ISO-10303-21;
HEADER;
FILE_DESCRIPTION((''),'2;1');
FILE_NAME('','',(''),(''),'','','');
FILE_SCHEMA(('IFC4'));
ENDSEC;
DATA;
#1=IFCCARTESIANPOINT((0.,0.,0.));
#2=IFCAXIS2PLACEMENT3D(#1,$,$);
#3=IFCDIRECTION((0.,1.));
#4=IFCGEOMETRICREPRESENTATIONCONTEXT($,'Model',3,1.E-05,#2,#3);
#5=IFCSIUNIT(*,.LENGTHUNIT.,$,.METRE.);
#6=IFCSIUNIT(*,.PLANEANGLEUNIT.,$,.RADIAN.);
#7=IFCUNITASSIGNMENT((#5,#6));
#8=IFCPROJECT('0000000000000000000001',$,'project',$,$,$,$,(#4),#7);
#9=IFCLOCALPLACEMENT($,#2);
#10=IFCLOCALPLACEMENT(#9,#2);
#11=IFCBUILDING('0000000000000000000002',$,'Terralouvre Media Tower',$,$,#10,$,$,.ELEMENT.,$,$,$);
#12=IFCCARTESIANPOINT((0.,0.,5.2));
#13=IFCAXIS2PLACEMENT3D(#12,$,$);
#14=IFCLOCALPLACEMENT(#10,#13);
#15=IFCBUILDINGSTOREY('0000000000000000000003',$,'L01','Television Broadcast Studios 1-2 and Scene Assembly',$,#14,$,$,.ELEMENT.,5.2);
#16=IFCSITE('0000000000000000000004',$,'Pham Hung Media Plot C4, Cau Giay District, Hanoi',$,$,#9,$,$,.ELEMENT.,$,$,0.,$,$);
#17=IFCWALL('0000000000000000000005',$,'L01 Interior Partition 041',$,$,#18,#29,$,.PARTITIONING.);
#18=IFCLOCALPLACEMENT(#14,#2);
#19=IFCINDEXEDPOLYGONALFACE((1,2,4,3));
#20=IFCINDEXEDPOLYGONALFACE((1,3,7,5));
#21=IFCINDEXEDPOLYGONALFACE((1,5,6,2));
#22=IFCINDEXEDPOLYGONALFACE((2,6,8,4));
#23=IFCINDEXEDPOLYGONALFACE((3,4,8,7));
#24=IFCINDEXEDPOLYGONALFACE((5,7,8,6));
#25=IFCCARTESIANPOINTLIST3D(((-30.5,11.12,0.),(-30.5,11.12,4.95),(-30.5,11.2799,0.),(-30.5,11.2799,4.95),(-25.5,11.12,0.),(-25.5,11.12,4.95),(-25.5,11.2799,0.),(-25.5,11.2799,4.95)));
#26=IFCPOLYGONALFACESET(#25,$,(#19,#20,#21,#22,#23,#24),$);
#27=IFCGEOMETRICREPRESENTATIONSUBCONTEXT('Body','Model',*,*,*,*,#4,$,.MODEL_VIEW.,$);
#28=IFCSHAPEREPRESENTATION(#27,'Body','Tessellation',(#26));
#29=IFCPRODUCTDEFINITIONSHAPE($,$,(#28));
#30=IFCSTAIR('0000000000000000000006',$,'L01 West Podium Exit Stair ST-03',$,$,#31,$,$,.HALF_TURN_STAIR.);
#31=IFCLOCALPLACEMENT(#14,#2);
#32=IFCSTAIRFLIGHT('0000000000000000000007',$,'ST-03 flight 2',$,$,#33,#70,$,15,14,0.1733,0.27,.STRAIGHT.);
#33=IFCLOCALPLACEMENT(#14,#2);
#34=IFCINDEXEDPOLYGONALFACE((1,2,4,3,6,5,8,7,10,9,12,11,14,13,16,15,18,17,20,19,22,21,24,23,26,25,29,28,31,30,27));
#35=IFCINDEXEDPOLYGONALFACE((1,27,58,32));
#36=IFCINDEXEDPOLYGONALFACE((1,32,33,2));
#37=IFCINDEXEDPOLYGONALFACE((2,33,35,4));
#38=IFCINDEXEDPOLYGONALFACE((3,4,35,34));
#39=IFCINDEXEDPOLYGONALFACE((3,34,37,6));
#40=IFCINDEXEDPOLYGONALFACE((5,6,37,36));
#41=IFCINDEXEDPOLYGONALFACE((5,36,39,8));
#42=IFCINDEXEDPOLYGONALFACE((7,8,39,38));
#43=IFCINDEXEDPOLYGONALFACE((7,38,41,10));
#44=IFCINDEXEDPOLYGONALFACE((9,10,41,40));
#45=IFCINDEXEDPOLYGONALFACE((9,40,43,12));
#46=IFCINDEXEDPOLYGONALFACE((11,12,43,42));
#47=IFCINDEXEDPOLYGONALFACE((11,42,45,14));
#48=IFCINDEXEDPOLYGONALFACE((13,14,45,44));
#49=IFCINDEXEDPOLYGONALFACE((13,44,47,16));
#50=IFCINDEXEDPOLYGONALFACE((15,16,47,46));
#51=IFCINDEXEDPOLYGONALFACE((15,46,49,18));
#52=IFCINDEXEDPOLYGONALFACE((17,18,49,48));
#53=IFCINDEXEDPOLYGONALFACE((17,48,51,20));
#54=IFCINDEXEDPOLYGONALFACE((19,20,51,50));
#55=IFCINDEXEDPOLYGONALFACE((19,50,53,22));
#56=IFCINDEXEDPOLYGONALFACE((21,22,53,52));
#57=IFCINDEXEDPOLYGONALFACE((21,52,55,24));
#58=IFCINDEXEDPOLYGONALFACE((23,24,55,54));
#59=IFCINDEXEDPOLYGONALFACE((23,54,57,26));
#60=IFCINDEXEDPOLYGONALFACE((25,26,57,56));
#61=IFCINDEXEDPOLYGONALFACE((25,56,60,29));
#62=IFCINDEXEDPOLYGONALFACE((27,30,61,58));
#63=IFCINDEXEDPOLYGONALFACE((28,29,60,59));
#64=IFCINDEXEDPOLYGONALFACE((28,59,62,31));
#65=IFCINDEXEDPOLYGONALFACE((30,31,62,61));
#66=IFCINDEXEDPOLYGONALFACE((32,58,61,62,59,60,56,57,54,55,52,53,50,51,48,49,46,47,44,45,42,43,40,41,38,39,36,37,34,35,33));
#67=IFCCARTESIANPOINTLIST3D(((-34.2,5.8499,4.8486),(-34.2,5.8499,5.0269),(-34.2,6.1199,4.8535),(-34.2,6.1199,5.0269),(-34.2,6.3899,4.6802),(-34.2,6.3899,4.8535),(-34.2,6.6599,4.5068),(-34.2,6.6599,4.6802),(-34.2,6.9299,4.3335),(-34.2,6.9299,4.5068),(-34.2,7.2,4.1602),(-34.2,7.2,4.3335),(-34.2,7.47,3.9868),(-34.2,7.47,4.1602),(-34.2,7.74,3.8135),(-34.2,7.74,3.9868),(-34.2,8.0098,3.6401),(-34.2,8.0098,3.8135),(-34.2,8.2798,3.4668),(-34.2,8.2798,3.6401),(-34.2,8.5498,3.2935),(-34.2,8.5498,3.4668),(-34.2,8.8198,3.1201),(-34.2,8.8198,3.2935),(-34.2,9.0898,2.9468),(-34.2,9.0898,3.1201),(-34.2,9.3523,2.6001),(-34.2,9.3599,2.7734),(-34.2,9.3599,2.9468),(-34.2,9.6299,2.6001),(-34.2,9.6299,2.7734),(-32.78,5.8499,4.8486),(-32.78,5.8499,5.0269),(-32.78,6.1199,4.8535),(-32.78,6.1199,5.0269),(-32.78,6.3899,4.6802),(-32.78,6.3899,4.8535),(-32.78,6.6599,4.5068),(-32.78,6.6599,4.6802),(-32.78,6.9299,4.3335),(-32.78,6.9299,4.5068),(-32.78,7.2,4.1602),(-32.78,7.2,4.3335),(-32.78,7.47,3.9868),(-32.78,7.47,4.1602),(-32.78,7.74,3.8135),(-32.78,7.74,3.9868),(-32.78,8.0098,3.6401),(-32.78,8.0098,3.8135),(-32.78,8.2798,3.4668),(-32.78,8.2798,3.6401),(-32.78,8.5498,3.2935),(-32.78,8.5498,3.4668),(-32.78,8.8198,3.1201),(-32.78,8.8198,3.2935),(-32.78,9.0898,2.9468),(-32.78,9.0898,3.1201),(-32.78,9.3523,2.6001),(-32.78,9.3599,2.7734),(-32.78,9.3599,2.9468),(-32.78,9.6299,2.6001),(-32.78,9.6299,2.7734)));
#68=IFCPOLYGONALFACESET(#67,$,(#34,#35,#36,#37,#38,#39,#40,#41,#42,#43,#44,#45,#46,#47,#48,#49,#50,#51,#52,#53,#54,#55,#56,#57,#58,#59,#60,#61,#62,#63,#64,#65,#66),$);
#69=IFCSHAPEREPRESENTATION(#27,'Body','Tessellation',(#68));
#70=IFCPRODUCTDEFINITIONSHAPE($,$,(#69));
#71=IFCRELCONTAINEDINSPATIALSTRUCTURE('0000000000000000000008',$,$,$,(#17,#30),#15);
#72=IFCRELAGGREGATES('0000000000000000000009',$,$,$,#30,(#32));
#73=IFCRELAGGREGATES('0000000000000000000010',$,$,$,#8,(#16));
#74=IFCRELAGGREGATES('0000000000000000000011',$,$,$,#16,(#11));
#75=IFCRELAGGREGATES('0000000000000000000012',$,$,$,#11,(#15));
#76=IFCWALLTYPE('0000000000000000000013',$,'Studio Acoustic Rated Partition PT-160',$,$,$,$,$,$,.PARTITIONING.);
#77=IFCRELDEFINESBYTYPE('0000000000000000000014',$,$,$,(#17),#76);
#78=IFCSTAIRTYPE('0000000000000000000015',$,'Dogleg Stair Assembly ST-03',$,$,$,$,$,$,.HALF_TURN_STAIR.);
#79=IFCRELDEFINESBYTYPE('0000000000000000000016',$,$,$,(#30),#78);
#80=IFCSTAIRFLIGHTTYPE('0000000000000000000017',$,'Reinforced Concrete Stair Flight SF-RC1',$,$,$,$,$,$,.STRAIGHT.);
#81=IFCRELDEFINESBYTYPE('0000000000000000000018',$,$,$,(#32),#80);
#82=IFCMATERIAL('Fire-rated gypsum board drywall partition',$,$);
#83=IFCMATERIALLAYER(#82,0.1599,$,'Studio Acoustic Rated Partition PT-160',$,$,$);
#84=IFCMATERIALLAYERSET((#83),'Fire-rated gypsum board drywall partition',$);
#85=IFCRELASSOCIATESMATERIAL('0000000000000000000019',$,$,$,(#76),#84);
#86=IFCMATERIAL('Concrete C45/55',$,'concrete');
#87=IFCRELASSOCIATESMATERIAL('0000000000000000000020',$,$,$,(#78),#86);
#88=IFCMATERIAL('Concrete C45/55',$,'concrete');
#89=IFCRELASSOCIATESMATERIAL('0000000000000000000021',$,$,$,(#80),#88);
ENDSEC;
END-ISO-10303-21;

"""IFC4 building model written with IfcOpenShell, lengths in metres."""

from ifc_helpers import new_model, si_unit, direction, frame, frame_2d, origin, place, context, subcontext, project, spatial, polyline, rectangle, outline, extrude, material, layer, layer_set, type_object, element, aggregate, save


model = new_model("IFC4")

# Units and contexts
model_context = context("Model", 3, precision=1e-05, world=origin(), true_north=direction((0.0, 1.0)))
body_context = subcontext(model_context, "Body", "Model", "MODEL_VIEW")
ifc_project = project(units=[si_unit("LENGTHUNIT", "METRE"), si_unit("PLANEANGLEUNIT", "RADIAN")], contexts=[model_context])

# Site, building, storey
site_placement = place(None, origin())
site = spatial("IfcSite", under=ifc_project, at=site_placement, Name="Pham Hung Media Plot C4, Cau Giay District, Hanoi", CompositionType="ELEMENT", RefElevation=0.0)
building_placement = place(site_placement, origin())
building = spatial("IfcBuilding", under=site, at=building_placement, Name="Terralouvre Media Tower", CompositionType="ELEMENT")
storey_placement = place(building_placement, frame((0.0, 0.0, 5.2)))
storey = spatial("IfcBuildingStorey", under=building, at=storey_placement, Name="L01", Description="Television Broadcast Studios 1-2 and Scene Assembly", CompositionType="ELEMENT", Elevation=5.2)

# Wall
ifc_material_1 = material(Name="Fire-rated gypsum board drywall partition")
ifc_layer_1 = layer(ifc_material_1, 0.1599, Name="Studio Acoustic Rated Partition PT-160")
ifc_layer_set_1 = layer_set([ifc_layer_1], Name="Fire-rated gypsum board drywall partition")
wall_type_1 = type_object("IfcWallType", Name="Studio Acoustic Rated Partition PT-160", PredefinedType="PARTITIONING", material=ifc_layer_set_1)
wall_1_placement = place(storey_placement, frame((-30.5, 11.2, 0.0), z_axis=(0.0, 0.0, 1.0), x_axis=(1.0, 0.0, 0.0)))
element("IfcWall", 1, at=wall_1_placement, inside=storey, type_object=wall_type_1, Name="L01 Interior Partition 041", PredefinedType="PARTITIONING", context=body_context, shape_type="SweptSolid", body=[
    extrude(rectangle(XDim=5.0, YDim=0.1599, at=frame_2d((2.5, 0.0))), origin(), (0.0, 0.0, 1.0), 4.95),
])

# Stair, stair flight
ifc_material_2 = material(Name="Concrete C45/55", Category="concrete")
stair_type = type_object("IfcStairType", Name="Dogleg Stair Assembly ST-03", PredefinedType="HALF_TURN_STAIR", material=ifc_material_2)
stair_placement = place(storey_placement, origin())
stair = element("IfcStair", 2, at=stair_placement, inside=storey, type_object=stair_type, Name="L01 West Podium Exit Stair ST-03", PredefinedType="HALF_TURN_STAIR")
ifc_material_3 = material(Name="Concrete C45/55", Category="concrete")
stair_flight_type = type_object("IfcStairFlightType", Name="Reinforced Concrete Stair Flight SF-RC1", PredefinedType="STRAIGHT", material=ifc_material_3)
stair_flight_placement = place(storey_placement, frame((-33.49, 9.6299, 2.6001), z_axis=(0.0, 0.0, 1.0), x_axis=(0.0, -1.0, 0.0)))
stair_flight = element("IfcStairFlight", 3, at=stair_flight_placement, type_object=stair_flight_type, Name="ST-03 flight 2", NumberOfRisers=15, NumberOfTreads=14, PredefinedType="STRAIGHT", RiserHeight=0.1733, TreadLength=0.27, context=body_context, shape_type="SweptSolid", body=[
    extrude(outline(polyline([(0.0, 0.0), (0.0, 0.1733), (0.27, 0.1733), (0.27, 0.3467), (0.54, 0.3467), (0.54, 0.52), (0.8101, 0.52), (0.8101, 0.6934), (1.0801, 0.6934), (1.0801, 0.8667), (1.3501, 0.8667), (1.3501, 1.04), (1.6201, 1.04), (1.6201, 1.2134), (1.8899, 1.2134), (1.8899, 1.3867), (2.1599, 1.3867), (2.1599, 1.5601), (2.4299, 1.5601), (2.4299, 1.7334), (2.7, 1.7334), (2.7, 1.9067), (2.97, 1.9067), (2.97, 2.0801), (3.24, 2.0801), (3.24, 2.2534), (3.51, 2.2534), (3.51, 2.4268), (3.78, 2.4268), (3.78, 2.6001), (3.78, 2.2485), (0.2776, 0.0), (0.0, 0.0)])), frame((0.0, 0.71, 0.0), z_axis=(0.0, -1.0, 0.0), x_axis=(1.0, 0.0, 0.0)), (0.0, 0.0, 1.0), 1.4199),
])
aggregate(stair, [stair_flight])

save(model, "model.ifc")
